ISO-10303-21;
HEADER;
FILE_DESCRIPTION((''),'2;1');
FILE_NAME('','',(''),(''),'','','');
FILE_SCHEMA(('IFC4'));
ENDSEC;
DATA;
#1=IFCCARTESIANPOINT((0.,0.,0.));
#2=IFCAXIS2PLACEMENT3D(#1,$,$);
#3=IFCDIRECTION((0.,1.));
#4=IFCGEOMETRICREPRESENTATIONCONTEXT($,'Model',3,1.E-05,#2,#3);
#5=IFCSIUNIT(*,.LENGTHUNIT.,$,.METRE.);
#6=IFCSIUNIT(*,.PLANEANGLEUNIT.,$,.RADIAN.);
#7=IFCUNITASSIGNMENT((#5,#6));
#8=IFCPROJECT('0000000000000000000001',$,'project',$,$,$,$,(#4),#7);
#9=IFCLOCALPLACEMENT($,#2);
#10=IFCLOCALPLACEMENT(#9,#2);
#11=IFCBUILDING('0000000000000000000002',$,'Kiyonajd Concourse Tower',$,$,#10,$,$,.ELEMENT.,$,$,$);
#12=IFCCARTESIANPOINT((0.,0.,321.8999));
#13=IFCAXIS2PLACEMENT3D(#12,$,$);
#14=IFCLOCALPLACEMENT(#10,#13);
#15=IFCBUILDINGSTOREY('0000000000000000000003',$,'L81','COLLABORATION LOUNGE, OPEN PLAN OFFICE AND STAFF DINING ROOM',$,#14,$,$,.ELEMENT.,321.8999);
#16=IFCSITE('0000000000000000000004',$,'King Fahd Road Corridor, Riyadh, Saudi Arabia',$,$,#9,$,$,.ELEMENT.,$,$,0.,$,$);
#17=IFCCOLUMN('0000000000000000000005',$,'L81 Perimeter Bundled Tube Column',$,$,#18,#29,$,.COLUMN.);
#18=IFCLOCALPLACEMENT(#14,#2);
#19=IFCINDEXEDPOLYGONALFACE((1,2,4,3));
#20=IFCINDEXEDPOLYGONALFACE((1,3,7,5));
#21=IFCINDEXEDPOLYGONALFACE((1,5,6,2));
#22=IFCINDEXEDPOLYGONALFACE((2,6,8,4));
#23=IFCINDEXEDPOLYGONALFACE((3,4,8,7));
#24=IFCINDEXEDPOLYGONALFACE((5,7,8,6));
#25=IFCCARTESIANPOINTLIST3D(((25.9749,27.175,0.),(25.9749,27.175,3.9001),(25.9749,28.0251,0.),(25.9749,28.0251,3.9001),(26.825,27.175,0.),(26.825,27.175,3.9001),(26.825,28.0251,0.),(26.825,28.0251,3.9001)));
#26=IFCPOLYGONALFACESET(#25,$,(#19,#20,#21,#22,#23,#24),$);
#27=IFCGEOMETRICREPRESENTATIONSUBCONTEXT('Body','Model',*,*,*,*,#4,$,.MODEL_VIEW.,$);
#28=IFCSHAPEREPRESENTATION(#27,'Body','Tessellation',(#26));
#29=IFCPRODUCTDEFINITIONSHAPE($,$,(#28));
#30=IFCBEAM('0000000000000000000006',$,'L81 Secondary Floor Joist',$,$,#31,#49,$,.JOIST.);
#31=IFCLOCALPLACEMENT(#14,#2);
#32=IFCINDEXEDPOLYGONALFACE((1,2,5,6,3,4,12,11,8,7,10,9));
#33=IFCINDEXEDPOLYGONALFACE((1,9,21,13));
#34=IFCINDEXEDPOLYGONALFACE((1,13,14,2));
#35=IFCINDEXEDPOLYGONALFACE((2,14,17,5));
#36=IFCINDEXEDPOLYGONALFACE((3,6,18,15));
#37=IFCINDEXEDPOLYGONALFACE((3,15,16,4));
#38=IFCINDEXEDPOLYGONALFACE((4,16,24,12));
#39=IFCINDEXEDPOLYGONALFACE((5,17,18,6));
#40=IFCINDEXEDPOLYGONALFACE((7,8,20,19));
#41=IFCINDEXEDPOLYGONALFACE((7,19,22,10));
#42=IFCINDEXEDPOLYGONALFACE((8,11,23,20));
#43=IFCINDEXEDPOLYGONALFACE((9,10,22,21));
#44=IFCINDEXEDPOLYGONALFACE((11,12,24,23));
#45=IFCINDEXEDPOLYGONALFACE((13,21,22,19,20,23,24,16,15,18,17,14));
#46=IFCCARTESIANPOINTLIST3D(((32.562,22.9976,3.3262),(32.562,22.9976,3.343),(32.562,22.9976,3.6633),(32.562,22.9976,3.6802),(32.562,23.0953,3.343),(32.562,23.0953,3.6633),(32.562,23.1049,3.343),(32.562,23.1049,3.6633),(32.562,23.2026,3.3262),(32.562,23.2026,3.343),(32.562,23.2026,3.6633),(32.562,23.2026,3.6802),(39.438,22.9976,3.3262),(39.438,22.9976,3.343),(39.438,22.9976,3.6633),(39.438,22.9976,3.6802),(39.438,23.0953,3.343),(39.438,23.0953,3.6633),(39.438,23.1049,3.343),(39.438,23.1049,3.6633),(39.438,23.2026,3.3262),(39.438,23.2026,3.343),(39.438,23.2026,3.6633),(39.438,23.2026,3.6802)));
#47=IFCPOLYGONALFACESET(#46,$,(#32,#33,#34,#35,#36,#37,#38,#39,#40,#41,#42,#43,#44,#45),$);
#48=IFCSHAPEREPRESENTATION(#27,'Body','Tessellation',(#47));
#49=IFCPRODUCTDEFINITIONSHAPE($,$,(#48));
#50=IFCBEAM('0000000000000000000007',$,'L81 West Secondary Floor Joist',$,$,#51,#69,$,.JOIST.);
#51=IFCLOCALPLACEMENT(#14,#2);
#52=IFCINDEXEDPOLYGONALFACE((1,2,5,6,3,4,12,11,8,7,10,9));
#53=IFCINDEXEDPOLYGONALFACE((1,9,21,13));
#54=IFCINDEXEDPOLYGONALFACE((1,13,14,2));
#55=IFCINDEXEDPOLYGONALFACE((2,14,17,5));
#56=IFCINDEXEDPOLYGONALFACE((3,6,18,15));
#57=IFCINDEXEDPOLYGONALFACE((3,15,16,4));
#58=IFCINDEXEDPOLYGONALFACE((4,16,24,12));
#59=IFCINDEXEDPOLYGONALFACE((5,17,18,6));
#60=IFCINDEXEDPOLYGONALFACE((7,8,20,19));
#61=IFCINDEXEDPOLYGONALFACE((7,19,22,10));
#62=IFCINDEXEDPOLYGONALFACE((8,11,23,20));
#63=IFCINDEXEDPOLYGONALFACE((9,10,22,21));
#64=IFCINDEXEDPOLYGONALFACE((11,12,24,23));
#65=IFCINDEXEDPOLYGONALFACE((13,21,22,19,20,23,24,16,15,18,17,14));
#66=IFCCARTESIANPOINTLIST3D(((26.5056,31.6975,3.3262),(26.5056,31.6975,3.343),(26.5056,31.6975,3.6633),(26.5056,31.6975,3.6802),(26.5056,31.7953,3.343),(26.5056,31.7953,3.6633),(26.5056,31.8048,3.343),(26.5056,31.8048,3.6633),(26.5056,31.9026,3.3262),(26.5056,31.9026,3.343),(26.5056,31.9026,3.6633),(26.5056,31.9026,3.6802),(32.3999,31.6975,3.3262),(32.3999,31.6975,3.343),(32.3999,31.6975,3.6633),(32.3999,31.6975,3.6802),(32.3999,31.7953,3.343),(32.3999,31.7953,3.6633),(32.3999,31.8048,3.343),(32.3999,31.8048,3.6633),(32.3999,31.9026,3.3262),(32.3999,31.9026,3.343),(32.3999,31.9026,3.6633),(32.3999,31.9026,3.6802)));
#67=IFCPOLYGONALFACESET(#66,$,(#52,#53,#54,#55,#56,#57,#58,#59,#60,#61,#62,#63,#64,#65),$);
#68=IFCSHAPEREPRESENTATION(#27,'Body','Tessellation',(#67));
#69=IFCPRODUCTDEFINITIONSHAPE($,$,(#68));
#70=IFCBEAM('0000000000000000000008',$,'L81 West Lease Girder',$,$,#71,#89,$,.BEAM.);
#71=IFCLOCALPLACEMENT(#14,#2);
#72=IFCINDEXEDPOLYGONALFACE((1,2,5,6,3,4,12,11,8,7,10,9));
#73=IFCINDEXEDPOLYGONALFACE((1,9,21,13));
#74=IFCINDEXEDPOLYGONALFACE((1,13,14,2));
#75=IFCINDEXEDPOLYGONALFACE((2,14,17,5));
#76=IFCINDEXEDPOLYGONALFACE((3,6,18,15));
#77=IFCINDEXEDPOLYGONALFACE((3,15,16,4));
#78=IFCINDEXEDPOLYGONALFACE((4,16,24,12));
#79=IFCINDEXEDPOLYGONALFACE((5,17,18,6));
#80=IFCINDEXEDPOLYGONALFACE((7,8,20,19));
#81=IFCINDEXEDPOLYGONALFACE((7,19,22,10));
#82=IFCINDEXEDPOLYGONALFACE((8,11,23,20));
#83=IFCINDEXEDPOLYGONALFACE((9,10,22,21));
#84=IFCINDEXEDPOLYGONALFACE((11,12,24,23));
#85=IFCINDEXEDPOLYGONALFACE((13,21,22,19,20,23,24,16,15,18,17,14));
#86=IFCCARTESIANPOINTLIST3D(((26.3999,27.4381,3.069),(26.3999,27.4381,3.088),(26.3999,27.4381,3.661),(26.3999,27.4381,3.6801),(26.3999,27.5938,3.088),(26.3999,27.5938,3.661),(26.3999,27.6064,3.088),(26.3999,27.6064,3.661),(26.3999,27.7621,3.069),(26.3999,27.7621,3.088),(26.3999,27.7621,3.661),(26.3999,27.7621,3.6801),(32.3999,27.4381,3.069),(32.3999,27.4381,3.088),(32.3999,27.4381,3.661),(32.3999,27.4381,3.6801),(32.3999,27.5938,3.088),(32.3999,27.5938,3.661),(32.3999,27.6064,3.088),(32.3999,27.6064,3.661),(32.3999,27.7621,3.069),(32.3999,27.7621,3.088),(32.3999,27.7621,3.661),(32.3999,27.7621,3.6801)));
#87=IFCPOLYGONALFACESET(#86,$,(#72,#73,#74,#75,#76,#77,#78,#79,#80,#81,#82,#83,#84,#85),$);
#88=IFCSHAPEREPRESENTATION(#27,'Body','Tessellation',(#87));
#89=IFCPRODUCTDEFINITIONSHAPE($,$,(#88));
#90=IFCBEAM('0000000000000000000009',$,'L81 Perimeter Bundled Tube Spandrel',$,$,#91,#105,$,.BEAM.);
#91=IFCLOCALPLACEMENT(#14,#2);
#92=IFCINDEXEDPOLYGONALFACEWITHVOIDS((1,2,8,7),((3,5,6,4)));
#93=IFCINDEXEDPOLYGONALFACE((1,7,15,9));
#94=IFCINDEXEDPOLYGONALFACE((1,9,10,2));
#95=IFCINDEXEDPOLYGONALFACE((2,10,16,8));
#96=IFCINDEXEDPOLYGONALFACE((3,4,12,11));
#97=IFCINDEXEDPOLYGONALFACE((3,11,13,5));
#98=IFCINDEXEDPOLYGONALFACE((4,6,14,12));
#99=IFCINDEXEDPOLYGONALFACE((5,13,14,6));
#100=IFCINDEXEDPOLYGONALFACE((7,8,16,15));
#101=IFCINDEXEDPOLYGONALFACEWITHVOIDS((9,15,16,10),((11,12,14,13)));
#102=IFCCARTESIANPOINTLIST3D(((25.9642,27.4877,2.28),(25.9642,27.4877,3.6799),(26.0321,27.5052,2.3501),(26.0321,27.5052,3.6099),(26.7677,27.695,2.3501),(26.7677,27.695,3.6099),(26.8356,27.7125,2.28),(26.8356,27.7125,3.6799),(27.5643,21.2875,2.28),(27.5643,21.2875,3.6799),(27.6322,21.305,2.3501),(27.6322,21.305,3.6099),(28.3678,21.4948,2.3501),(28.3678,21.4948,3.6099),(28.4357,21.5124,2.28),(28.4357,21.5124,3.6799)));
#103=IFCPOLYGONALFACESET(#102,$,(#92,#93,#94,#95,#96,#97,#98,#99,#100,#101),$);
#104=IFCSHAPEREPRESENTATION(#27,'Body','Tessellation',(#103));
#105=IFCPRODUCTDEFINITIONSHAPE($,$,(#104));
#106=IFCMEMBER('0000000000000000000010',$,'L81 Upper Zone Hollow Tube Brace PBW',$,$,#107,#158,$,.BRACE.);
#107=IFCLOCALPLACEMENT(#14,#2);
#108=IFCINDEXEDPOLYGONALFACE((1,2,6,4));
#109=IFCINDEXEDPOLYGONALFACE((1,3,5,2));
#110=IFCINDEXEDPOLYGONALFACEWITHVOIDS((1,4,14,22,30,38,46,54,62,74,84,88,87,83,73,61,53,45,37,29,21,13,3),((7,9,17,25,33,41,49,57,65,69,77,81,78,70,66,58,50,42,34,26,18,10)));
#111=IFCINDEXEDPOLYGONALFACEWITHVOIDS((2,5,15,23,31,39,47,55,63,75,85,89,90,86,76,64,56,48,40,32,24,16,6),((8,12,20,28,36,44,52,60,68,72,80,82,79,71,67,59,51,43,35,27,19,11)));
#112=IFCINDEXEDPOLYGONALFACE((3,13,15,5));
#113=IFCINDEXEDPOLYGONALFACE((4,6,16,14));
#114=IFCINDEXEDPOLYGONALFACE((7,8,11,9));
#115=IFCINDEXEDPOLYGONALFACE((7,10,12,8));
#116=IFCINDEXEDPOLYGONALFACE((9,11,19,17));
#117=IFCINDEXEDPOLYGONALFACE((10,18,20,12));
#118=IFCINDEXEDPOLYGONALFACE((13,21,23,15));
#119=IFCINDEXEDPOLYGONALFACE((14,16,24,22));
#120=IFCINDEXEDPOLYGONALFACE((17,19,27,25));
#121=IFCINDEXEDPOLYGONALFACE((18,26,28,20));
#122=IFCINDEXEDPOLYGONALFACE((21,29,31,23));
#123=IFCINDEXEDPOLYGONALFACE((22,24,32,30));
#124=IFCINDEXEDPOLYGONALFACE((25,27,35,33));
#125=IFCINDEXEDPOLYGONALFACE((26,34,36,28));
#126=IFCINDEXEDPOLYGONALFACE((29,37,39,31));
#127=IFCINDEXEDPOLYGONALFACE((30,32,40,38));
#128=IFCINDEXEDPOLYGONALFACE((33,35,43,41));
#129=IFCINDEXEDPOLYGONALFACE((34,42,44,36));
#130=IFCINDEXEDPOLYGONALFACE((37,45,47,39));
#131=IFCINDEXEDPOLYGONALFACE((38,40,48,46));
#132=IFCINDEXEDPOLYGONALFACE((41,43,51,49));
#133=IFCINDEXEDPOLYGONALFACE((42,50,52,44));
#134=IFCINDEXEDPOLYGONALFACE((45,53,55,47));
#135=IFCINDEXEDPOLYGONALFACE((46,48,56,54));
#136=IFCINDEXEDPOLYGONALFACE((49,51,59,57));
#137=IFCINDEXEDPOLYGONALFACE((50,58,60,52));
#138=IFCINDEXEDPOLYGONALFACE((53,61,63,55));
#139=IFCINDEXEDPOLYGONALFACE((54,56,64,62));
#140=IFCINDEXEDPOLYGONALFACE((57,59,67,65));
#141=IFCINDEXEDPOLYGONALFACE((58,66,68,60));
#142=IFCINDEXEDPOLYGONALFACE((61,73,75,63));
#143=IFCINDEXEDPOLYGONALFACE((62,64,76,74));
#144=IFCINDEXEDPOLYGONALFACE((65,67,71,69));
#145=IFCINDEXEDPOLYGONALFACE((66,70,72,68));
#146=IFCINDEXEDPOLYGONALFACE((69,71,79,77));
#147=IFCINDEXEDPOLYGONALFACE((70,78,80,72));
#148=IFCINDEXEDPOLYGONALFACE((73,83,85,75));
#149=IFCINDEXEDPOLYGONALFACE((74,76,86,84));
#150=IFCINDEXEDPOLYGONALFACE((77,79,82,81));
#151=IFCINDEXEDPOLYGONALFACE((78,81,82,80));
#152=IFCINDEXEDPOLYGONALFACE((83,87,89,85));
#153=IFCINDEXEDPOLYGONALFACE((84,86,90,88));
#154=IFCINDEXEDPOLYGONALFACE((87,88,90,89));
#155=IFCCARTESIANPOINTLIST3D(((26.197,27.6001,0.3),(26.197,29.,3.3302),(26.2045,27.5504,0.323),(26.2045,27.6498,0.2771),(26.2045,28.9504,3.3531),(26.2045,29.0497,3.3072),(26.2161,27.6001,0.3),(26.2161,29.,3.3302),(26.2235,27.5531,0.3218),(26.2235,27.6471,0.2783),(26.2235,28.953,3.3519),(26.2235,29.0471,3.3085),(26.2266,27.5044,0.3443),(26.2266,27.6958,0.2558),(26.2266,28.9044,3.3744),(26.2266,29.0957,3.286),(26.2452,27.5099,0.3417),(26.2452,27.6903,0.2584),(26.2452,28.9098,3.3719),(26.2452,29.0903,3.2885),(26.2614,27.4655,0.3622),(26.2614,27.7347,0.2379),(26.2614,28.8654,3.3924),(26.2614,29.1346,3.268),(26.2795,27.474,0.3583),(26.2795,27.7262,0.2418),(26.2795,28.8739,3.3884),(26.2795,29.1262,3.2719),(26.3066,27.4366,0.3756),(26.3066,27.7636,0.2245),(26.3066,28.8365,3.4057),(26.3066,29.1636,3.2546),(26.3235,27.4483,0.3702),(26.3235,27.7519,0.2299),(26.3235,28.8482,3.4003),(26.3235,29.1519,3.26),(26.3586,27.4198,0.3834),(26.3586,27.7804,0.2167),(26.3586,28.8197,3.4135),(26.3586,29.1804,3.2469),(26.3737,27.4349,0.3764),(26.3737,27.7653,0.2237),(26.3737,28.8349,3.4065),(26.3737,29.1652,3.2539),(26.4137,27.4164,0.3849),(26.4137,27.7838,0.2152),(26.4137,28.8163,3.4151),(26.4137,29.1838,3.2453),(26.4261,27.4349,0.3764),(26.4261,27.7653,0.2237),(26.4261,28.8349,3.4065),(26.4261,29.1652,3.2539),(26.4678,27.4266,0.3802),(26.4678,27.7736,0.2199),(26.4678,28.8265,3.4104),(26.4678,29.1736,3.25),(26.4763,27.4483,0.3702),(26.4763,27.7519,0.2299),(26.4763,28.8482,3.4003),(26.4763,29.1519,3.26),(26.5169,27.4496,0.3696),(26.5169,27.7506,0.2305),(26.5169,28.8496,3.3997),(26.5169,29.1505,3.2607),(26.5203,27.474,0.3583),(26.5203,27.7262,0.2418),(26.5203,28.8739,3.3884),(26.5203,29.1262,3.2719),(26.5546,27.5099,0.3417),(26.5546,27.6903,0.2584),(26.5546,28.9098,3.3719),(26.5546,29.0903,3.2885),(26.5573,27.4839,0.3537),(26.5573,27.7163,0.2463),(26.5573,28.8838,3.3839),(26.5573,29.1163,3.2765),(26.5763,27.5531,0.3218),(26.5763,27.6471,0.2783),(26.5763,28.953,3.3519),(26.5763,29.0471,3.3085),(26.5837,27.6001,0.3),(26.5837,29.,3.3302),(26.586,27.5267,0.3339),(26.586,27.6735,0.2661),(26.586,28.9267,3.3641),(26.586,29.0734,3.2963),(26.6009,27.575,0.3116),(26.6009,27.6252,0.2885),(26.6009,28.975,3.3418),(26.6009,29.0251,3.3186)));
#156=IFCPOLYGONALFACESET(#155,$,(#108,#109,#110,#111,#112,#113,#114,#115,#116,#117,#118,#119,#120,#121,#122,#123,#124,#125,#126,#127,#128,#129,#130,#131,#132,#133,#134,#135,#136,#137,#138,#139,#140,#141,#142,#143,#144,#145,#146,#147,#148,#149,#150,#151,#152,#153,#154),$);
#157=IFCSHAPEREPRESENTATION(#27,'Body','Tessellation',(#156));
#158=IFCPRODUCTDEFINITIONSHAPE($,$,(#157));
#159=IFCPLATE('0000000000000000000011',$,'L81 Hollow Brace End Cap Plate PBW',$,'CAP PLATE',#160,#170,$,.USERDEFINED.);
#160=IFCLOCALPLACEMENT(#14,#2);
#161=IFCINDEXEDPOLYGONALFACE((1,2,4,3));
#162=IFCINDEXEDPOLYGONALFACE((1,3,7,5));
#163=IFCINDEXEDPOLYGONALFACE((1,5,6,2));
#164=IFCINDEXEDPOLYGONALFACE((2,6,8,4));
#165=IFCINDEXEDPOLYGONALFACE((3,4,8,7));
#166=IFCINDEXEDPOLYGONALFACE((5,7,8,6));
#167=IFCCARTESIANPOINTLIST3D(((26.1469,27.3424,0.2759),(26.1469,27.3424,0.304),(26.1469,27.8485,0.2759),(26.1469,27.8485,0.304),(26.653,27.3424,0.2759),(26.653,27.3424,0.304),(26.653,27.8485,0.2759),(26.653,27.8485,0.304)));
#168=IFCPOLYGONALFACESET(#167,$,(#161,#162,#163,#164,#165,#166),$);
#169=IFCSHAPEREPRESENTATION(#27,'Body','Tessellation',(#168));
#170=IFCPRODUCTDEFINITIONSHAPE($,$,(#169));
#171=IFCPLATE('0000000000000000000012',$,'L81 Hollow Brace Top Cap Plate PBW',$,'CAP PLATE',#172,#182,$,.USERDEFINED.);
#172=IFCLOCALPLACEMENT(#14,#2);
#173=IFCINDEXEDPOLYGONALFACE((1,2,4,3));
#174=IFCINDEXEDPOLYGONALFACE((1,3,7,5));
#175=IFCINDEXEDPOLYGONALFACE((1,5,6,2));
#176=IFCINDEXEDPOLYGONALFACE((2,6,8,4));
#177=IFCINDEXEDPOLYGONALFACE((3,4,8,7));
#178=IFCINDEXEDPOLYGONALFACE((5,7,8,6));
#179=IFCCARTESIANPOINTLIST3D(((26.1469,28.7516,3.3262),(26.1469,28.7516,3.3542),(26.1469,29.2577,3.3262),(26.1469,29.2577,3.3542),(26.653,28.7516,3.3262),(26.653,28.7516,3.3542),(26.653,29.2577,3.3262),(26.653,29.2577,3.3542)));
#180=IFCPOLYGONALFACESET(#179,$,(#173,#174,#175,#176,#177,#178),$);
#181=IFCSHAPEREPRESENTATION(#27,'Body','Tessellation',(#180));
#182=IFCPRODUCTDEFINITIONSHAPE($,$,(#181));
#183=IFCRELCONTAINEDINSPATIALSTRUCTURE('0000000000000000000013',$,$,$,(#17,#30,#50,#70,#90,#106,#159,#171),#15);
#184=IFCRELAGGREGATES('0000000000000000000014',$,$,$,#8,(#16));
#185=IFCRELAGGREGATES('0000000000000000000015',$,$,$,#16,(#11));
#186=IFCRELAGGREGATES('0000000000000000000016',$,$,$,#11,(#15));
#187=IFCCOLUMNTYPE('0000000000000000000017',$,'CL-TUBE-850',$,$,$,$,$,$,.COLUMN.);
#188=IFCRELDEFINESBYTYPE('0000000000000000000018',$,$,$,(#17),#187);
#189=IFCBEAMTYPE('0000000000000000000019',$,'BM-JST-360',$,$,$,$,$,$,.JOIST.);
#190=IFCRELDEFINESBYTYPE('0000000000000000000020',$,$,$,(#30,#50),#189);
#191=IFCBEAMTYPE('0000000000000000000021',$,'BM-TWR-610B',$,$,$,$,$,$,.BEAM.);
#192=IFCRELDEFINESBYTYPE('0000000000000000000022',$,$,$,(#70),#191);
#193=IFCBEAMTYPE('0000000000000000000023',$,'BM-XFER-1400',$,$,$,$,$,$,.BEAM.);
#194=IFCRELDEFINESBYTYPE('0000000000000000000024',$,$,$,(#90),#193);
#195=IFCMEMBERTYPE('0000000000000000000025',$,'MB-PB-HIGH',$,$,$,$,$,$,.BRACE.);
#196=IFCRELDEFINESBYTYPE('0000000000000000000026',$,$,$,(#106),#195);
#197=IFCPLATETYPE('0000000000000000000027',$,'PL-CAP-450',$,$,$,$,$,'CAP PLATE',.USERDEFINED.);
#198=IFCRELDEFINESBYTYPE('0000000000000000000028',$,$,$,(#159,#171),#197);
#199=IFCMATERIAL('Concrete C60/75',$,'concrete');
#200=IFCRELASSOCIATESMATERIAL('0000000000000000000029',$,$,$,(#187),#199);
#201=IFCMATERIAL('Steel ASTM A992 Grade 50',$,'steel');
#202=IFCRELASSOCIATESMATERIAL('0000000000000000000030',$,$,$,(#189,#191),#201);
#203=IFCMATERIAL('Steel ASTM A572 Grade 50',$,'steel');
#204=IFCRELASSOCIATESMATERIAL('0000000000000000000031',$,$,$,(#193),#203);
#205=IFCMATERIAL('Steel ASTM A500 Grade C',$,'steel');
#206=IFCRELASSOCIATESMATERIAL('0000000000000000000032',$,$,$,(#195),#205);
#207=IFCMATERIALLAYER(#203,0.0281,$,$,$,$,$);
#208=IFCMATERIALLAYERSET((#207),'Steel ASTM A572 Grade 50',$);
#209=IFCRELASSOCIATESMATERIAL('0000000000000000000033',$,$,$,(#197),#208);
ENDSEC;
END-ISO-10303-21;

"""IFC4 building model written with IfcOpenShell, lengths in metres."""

from ifc_helpers import new_model, si_unit, direction, frame, origin, origin_2d, place, context, subcontext, project, spatial, rectangle, hollow_rectangle, hollow_circle, i_section, extrude, material, layer, layer_set, material_profile, profile_set, type_object, element, save


model = new_model("IFC4")

# Units and contexts
model_context = context("Model", 3, precision=1e-05, world=origin(), true_north=direction((0.0, 1.0)))
body_context = subcontext(model_context, "Body", "Model", "MODEL_VIEW")
ifc_project = project(units=[si_unit("LENGTHUNIT", "METRE"), si_unit("PLANEANGLEUNIT", "RADIAN")], contexts=[model_context])

# Site, building, storey
site_placement = place(None, origin())
site = spatial("IfcSite", under=ifc_project, at=site_placement, Name="King Fahd Road Corridor, Riyadh, Saudi Arabia", CompositionType="ELEMENT", RefElevation=0.0)
building_placement = place(site_placement, origin())
building = spatial("IfcBuilding", under=site, at=building_placement, Name="Kiyonajd Concourse Tower", CompositionType="ELEMENT")
storey_placement = place(building_placement, frame((0.0, 0.0, 321.8999)))
storey = spatial("IfcBuildingStorey", under=building, at=storey_placement, Name="L81", Description="COLLABORATION LOUNGE, OPEN PLAN OFFICE AND STAFF DINING ROOM", CompositionType="ELEMENT", Elevation=321.8999)

# Column
ifc_material_1 = material(Name="Concrete C60/75", Category="concrete")
ifc_material_profile_1 = material_profile(ifc_material_1, rectangle(XDim=0.8501, YDim=0.8501, at=origin_2d()), Name="RC-850x850")
ifc_profile_set_1 = profile_set([ifc_material_profile_1], Name="Concrete C60/75")
column_type = type_object("IfcColumnType", Name="CL-TUBE-850", PredefinedType="COLUMN", material=ifc_profile_set_1)
column_placement = place(storey_placement, frame((26.3999, 27.6001, 0.0), z_axis=(0.0, 0.0, 1.0), x_axis=(1.0, 0.0, 0.0)))
element("IfcColumn", 1, at=column_placement, inside=storey, type_object=column_type, Name="L81 Perimeter Bundled Tube Column", PredefinedType="COLUMN", context=body_context, shape_type="SweptSolid", body=[
    extrude(rectangle(XDim=0.8501, YDim=0.8501, at=origin_2d()), origin(), (0.0, 0.0, 1.0), 3.9001),
])

# Beams
ifc_material_2 = material(Name="Steel ASTM A992 Grade 50", Category="steel")
ifc_material_profile_2 = material_profile(ifc_material_2, i_section(OverallWidth=0.2051, OverallDepth=0.354, WebThickness=0.0095, FlangeThickness=0.0168, at=origin_2d()), Name="W360X79")
ifc_profile_set_2 = profile_set([ifc_material_profile_2], Name="Steel ASTM A992 Grade 50")
beam_type_1 = type_object("IfcBeamType", Name="BM-JST-360", PredefinedType="JOIST", material=ifc_profile_set_2)
beam_1_placement = place(storey_placement, frame((32.562, 23.1001, 3.5032), z_axis=(1.0, 0.0, 0.0), x_axis=(0.0, 1.0, 0.0)))
element("IfcBeam", 2, at=beam_1_placement, inside=storey, type_object=beam_type_1, Name="L81 Secondary Floor Joist", PredefinedType="JOIST", context=body_context, shape_type="SweptSolid", body=[
    extrude(i_section(OverallWidth=0.2051, OverallDepth=0.354, WebThickness=0.0095, FlangeThickness=0.0168, at=origin_2d()), origin(), (0.0, 0.0, 1.0), 6.876),
])
beam_2_placement = place(storey_placement, frame((26.5056, 31.8, 3.5032), z_axis=(1.0, 0.0, 0.0), x_axis=(0.0, 1.0, 0.0)))
element("IfcBeam", 3, at=beam_2_placement, inside=storey, type_object=beam_type_1, Name="L81 West Secondary Floor Joist", PredefinedType="JOIST", context=body_context, shape_type="SweptSolid", body=[
    extrude(i_section(OverallWidth=0.2051, OverallDepth=0.354, WebThickness=0.0095, FlangeThickness=0.0168, at=origin_2d()), origin(), (0.0, 0.0, 1.0), 5.8943),
])
ifc_material_profile_3 = material_profile(ifc_material_2, i_section(OverallWidth=0.324, OverallDepth=0.6111, WebThickness=0.0127, FlangeThickness=0.019, at=origin_2d()), Name="W610X155")
ifc_profile_set_3 = profile_set([ifc_material_profile_3], Name="Steel ASTM A992 Grade 50")
beam_type_2 = type_object("IfcBeamType", Name="BM-TWR-610B", PredefinedType="BEAM", material=ifc_profile_set_3)
beam_3_placement = place(storey_placement, frame((26.3999, 27.6001, 3.3745), z_axis=(1.0, 0.0, 0.0), x_axis=(0.0, 1.0, 0.0)))
element("IfcBeam", 4, at=beam_3_placement, inside=storey, type_object=beam_type_2, Name="L81 West Lease Girder", PredefinedType="BEAM", context=body_context, shape_type="SweptSolid", body=[
    extrude(i_section(OverallWidth=0.324, OverallDepth=0.6111, WebThickness=0.0127, FlangeThickness=0.019, at=origin_2d()), origin(), (0.0, 0.0, 1.0), 6.0),
])
ifc_material_3 = material(Name="Steel ASTM A572 Grade 50", Category="steel")
ifc_material_profile_4 = material_profile(ifc_material_3, hollow_rectangle(XDim=0.8999, YDim=1.3999, WallThickness=0.0701, at=origin_2d()), Name="BOX-1400x900x70")
ifc_profile_set_4 = profile_set([ifc_material_profile_4], Name="Steel ASTM A572 Grade 50")
beam_type_3 = type_object("IfcBeamType", Name="BM-XFER-1400", PredefinedType="BEAM", material=ifc_profile_set_4)
beam_4_placement = place(storey_placement, frame((26.3999, 27.6001, 2.98), z_axis=(0.249885, -0.968276, 0.0), x_axis=(0.968276, 0.249885, 0.0)))
element("IfcBeam", 5, at=beam_4_placement, inside=storey, type_object=beam_type_3, Name="L81 Perimeter Bundled Tube Spandrel", PredefinedType="BEAM", context=body_context, shape_type="SweptSolid", body=[
    extrude(hollow_rectangle(XDim=0.8999, YDim=1.3999, WallThickness=0.0701, at=origin_2d()), origin(), (0.0, 0.0, 1.0), 6.4033),
])

# Member
ifc_material_4 = material(Name="Steel ASTM A500 Grade C", Category="steel")
ifc_material_profile_5 = material_profile(ifc_material_4, hollow_circle(Radius=0.2029, WallThickness=0.019, at=origin_2d()), Name="CHS-406x19")
ifc_profile_set_5 = profile_set([ifc_material_profile_5], Name="Steel ASTM A500 Grade C")
member_type = type_object("IfcMemberType", Name="MB-PB-HIGH", PredefinedType="BRACE", material=ifc_profile_set_5)
member_placement = place(storey_placement, frame((26.3999, 27.6001, 0.3), z_axis=(0.0, 0.419411, 0.907797), x_axis=(-1.0, 0.0, 0.0)))
element("IfcMember", 6, at=member_placement, inside=storey, type_object=member_type, Name="L81 Upper Zone Hollow Tube Brace PBW", PredefinedType="BRACE", context=body_context, shape_type="SweptSolid", body=[
    extrude(hollow_circle(Radius=0.2029, WallThickness=0.019, at=origin_2d()), origin(), (0.0, 0.0, 1.0), 3.3379),
])

# Plates
ifc_layer_1 = layer(ifc_material_3, 0.0281)
ifc_layer_set_1 = layer_set([ifc_layer_1], Name="Steel ASTM A572 Grade 50")
plate_type_1 = type_object("IfcPlateType", Name="PL-CAP-450", ElementType="CAP PLATE", PredefinedType="USERDEFINED", material=ifc_layer_set_1)
for number, where, z_axis, x_axis, name in (
    (7, (26.3999, 27.5955, 0.2759), (0.0, 0.0, 1.0), (1.0, 0.0, 0.0), "L81 Hollow Brace End Cap Plate PBW"),
    (8, (26.3999, 29.0046, 3.3262), (0.0, 0.0, 1.0), (1.0, 0.0, 0.0), "L81 Hollow Brace Top Cap Plate PBW"),
):
    element("IfcPlate", number, at=place(storey_placement, frame(where, z_axis=z_axis, x_axis=x_axis)), inside=storey, type_object=plate_type_1, Name=name, ObjectType="CAP PLATE", PredefinedType="USERDEFINED", context=body_context, shape_type="SweptSolid", body=[
        extrude(rectangle(XDim=0.5061, YDim=0.5061, at=origin_2d()), origin(), (0.0, 0.0, 1.0), 0.0281),
    ])

save(model, "model.ifc")
